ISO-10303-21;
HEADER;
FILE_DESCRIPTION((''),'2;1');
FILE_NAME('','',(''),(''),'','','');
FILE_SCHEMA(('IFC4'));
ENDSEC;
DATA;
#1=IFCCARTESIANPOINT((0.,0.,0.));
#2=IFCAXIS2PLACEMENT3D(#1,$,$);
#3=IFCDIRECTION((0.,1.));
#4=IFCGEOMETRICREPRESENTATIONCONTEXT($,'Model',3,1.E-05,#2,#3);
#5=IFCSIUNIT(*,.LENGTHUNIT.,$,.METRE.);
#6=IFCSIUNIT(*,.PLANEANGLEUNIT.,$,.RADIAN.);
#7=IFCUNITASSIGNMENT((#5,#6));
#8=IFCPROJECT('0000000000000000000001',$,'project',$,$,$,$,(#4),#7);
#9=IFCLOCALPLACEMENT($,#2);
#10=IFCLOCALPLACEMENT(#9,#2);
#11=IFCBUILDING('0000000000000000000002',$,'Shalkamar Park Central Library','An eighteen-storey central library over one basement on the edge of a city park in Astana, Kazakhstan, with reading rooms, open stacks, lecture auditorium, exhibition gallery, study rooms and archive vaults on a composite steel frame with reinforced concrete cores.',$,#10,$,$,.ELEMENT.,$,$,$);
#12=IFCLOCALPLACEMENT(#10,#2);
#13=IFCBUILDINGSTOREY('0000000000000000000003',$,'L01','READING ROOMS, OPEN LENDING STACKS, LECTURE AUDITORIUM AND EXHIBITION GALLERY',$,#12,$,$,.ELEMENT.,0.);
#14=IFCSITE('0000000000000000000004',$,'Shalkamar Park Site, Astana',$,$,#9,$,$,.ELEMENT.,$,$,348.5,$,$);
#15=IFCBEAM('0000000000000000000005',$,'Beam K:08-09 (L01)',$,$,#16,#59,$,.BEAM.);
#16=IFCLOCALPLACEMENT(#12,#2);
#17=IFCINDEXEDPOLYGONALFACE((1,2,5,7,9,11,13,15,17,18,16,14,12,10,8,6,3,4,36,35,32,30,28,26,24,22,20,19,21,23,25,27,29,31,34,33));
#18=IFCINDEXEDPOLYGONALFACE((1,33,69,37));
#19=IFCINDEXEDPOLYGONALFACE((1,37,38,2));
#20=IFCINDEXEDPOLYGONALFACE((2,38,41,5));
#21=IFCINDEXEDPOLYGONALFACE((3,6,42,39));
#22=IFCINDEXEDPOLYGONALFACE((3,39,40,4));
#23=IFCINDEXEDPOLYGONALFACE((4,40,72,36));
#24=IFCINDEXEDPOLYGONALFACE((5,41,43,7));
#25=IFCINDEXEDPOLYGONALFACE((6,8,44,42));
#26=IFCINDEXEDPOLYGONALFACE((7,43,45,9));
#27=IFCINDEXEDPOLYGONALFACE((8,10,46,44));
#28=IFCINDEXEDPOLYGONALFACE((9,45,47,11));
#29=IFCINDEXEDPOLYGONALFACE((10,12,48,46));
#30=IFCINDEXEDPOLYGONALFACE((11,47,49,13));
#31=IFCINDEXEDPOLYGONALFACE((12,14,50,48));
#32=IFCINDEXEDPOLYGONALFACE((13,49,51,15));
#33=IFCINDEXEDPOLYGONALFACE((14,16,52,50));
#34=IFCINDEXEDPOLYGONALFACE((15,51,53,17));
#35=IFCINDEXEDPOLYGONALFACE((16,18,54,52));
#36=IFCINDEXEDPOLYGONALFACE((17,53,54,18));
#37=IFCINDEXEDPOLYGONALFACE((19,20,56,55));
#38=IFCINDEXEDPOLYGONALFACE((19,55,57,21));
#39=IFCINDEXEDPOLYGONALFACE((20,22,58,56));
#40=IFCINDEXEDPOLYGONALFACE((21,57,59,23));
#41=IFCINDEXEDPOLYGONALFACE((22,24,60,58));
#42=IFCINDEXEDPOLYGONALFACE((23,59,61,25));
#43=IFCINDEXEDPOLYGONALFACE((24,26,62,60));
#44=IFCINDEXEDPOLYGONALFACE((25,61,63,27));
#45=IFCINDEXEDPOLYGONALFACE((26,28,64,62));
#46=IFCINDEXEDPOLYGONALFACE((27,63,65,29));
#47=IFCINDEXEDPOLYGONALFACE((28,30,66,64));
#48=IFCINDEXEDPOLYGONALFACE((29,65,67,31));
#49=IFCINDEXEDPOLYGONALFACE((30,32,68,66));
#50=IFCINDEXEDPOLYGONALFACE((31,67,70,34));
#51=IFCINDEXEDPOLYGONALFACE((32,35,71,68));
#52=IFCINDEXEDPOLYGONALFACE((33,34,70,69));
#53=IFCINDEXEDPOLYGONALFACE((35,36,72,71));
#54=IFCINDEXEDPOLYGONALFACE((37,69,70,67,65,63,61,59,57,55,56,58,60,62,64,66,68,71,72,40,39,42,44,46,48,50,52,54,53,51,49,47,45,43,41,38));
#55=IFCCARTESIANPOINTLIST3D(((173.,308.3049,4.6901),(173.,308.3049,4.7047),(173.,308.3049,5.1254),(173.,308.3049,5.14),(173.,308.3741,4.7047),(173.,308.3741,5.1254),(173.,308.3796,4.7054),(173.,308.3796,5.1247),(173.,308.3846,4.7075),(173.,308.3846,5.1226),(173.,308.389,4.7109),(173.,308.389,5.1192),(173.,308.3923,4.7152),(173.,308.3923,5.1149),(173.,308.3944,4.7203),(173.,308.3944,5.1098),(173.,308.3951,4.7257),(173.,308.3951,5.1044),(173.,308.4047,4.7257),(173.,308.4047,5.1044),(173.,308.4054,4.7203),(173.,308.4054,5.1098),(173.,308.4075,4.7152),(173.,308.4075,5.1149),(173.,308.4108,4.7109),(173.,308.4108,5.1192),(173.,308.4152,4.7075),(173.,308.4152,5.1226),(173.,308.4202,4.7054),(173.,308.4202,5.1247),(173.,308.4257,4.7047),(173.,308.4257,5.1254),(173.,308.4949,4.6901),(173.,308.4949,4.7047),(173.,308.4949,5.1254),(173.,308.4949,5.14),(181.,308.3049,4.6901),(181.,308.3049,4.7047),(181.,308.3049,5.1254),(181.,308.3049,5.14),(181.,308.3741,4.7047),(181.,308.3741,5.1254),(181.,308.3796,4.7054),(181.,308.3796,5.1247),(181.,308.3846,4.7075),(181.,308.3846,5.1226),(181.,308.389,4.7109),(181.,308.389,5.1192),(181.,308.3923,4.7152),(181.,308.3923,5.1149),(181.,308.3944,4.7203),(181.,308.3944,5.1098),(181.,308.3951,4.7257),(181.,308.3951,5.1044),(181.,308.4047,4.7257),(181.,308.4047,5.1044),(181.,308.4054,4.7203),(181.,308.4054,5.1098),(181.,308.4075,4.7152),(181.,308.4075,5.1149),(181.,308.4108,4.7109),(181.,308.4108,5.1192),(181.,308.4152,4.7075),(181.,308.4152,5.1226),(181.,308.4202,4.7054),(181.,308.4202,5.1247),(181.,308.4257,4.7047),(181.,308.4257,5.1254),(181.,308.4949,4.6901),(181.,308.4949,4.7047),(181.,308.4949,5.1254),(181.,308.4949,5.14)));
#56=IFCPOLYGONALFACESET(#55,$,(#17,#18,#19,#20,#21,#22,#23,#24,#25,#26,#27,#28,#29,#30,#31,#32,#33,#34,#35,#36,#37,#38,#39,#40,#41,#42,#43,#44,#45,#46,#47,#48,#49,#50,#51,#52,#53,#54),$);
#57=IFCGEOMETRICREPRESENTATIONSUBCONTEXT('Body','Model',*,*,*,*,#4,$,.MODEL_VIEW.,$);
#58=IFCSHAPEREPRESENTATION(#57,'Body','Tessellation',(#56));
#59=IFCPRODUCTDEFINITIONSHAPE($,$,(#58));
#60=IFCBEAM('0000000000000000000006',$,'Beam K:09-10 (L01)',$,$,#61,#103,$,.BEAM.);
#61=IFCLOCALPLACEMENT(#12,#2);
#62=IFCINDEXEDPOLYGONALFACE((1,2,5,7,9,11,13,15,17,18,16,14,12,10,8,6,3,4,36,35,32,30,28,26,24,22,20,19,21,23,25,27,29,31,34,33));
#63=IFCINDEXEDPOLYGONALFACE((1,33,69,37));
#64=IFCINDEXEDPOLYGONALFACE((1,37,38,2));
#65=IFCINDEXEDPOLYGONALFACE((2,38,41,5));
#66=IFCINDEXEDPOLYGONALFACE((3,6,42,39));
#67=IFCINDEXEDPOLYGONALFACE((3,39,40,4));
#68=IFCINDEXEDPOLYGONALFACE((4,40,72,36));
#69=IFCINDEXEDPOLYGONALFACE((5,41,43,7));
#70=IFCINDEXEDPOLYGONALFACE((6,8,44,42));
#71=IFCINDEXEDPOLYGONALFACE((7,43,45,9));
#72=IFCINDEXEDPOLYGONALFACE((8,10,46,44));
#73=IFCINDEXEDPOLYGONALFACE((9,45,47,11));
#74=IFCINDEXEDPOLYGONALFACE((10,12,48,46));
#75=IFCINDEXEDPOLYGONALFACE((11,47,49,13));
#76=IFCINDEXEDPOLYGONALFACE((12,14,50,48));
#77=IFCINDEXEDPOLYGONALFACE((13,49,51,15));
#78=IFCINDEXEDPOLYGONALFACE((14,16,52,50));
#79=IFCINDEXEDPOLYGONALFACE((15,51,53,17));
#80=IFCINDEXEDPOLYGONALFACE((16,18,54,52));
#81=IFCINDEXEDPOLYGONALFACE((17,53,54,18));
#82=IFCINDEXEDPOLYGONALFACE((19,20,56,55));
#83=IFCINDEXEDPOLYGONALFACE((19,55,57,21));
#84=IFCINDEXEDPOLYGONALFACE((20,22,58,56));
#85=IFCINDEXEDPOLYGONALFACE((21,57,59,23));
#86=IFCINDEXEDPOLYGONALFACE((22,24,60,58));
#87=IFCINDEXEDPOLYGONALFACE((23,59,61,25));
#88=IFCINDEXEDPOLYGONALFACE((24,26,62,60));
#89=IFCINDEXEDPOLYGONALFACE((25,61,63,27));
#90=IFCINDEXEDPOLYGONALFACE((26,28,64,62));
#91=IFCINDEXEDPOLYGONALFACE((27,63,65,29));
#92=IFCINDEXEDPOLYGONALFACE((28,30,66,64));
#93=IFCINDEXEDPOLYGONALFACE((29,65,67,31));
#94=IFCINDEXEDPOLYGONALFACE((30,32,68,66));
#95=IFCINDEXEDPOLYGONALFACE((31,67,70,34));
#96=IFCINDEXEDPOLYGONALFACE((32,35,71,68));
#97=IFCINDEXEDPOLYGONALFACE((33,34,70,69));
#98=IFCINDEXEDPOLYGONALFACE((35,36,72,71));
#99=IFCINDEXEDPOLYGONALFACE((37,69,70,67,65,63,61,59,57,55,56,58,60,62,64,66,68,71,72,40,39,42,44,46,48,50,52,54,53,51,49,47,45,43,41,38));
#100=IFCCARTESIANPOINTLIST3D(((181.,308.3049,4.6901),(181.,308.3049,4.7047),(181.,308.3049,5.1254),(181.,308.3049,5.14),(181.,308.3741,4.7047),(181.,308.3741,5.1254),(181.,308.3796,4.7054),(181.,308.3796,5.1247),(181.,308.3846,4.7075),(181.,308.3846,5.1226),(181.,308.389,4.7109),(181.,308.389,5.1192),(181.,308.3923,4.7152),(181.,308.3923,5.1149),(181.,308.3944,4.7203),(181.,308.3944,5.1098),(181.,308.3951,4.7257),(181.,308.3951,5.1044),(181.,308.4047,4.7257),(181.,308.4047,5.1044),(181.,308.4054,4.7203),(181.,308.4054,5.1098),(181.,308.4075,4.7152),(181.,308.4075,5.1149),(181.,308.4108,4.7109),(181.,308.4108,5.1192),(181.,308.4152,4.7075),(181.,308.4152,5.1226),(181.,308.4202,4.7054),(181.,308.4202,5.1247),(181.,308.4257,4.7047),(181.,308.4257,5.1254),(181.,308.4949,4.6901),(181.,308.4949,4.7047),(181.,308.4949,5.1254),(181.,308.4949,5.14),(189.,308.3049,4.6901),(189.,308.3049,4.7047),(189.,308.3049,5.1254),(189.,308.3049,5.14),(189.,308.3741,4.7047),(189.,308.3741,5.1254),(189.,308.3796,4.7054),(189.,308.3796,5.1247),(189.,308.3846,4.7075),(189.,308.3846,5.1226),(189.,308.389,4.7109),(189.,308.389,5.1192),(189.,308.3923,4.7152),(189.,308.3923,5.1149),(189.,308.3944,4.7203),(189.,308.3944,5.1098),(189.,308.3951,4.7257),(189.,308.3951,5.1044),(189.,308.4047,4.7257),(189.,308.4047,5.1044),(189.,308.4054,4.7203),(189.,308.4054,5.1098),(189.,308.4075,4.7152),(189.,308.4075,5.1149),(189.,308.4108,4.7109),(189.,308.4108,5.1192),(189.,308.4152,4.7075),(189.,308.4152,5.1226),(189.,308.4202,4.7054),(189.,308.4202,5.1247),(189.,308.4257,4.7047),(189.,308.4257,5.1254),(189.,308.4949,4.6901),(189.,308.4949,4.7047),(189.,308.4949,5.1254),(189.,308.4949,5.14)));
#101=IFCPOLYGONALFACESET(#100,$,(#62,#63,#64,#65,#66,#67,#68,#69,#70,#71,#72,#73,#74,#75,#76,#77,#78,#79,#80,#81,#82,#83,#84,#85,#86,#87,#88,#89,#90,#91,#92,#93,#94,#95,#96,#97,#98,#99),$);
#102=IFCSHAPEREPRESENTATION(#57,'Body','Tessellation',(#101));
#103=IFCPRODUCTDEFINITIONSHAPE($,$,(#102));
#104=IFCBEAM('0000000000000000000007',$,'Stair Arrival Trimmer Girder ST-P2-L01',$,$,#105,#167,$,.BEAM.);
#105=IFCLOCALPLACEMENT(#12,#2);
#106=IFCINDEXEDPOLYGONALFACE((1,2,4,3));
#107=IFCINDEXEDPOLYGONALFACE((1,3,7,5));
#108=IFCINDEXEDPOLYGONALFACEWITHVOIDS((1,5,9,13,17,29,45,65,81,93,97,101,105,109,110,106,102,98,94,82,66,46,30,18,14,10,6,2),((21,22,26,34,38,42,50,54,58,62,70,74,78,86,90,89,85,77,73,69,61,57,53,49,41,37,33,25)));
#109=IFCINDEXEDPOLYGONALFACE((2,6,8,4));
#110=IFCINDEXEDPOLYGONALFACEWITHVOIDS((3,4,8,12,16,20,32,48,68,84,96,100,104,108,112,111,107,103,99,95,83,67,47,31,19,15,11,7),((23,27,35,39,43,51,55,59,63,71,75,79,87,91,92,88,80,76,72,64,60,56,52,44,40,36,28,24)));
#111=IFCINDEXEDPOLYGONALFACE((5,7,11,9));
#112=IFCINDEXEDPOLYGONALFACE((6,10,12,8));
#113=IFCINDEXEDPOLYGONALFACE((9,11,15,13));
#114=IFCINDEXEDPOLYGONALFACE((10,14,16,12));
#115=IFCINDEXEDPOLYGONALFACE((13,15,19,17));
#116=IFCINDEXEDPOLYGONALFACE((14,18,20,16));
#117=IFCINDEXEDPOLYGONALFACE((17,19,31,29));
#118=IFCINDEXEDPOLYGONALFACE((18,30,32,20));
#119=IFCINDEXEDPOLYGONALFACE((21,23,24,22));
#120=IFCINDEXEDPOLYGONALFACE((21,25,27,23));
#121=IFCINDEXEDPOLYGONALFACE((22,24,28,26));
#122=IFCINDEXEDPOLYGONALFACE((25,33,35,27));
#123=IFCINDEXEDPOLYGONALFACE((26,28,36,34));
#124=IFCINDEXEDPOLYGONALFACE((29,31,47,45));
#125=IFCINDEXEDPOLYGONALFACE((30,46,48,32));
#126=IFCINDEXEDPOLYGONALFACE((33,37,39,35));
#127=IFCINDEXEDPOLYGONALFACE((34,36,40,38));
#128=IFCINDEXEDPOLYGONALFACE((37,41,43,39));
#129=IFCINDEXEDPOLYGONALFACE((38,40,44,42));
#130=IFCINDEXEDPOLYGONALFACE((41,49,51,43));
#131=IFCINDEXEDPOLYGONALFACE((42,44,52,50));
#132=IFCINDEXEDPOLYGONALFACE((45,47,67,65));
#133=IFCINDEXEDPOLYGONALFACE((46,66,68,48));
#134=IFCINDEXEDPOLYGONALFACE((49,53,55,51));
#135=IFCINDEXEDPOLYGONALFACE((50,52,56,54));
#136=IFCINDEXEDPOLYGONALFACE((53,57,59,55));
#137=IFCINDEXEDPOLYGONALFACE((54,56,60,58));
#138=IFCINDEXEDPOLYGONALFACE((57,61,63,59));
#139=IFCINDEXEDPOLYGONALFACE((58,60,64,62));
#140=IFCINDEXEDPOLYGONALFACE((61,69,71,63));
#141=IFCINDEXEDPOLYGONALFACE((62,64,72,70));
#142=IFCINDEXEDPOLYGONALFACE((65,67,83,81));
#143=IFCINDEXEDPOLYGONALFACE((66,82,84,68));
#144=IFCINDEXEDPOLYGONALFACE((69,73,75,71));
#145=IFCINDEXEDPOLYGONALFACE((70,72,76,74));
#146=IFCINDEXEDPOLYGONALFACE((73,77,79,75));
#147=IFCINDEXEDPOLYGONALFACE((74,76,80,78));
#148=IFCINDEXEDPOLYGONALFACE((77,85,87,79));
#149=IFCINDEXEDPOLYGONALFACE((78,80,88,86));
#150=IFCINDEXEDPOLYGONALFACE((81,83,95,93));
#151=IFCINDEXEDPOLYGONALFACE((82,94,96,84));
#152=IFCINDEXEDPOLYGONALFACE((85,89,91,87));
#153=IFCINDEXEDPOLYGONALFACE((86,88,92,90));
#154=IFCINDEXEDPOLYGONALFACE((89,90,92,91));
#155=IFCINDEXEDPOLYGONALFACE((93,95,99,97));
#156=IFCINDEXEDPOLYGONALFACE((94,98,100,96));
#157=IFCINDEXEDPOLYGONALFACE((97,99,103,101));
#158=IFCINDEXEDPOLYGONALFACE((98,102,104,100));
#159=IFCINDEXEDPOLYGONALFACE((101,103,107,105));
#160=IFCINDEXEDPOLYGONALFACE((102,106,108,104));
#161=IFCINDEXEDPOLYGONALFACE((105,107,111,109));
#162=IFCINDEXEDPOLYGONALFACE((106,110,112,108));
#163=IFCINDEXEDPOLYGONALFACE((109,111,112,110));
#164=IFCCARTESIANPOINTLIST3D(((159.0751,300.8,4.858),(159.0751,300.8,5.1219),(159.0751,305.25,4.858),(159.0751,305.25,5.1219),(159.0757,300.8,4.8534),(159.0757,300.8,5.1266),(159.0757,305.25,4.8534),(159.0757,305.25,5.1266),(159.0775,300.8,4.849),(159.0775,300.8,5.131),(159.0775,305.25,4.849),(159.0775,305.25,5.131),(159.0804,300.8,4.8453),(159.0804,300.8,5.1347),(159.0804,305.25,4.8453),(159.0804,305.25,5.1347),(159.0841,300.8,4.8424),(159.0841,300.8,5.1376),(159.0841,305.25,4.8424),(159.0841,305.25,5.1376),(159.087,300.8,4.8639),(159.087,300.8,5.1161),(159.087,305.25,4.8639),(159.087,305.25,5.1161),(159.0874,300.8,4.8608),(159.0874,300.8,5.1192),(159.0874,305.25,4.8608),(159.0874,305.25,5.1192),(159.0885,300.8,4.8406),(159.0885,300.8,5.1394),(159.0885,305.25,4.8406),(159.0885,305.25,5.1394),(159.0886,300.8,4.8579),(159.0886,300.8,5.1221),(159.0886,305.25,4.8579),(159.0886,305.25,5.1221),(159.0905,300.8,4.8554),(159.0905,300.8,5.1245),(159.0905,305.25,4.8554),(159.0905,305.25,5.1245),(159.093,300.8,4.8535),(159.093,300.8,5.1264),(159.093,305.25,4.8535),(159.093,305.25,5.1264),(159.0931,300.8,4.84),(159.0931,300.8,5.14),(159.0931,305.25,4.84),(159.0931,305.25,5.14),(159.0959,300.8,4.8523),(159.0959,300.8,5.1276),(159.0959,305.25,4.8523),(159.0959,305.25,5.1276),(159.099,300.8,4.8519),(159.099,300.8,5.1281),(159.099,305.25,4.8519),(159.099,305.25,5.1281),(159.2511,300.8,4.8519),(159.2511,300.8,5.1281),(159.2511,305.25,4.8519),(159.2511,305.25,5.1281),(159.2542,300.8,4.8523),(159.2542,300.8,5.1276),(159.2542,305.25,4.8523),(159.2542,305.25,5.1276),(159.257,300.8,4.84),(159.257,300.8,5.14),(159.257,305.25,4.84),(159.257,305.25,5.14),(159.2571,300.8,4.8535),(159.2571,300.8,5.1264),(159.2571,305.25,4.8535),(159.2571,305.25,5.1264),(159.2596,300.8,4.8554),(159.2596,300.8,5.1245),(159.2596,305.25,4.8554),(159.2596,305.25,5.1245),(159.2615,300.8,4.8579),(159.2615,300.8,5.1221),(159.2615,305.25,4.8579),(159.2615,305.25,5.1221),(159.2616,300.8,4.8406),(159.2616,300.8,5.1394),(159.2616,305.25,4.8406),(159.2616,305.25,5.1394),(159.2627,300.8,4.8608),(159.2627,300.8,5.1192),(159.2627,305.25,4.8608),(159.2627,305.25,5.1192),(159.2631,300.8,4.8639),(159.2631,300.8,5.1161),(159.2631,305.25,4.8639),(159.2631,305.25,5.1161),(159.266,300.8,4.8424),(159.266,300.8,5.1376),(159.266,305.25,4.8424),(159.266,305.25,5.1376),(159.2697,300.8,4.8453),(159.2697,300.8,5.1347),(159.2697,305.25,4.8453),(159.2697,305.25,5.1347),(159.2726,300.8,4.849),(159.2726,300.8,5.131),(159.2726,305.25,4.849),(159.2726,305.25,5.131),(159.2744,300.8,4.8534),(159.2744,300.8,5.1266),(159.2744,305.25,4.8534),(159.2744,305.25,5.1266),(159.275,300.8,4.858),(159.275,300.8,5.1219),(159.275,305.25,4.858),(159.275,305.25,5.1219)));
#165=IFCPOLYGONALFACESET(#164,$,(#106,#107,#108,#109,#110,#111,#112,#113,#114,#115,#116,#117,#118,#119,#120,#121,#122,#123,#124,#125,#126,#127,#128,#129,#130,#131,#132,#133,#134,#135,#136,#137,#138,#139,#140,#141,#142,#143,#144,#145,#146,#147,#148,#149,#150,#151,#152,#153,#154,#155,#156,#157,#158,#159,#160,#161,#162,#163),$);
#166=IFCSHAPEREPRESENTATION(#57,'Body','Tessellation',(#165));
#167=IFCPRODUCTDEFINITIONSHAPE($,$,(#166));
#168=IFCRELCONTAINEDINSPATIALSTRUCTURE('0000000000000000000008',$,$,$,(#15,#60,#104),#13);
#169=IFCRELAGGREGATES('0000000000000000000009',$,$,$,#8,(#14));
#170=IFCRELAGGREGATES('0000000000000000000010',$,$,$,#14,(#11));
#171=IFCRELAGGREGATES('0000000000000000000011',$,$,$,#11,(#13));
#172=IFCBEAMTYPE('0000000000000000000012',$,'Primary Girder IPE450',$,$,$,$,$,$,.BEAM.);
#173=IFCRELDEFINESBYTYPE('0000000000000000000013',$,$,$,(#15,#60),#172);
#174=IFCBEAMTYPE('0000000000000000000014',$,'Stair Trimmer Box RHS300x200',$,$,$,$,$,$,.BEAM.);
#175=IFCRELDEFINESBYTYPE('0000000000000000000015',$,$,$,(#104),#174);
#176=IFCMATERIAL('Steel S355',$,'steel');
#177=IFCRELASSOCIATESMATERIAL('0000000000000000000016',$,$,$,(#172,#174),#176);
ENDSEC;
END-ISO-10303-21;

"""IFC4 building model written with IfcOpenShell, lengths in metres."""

from ifc_helpers import new_model, si_unit, direction, frame, origin, origin_2d, place, context, subcontext, project, spatial, hollow_rectangle, i_section, extrude, material, material_profile, profile_set, type_object, element, save


model = new_model("IFC4")

# Units and contexts
model_context = context("Model", 3, precision=1e-05, world=origin(), true_north=direction((0.0, 1.0)))
body_context = subcontext(model_context, "Body", "Model", "MODEL_VIEW")
ifc_project = project(units=[si_unit("LENGTHUNIT", "METRE"), si_unit("PLANEANGLEUNIT", "RADIAN")], contexts=[model_context])

# Site, building, storey
site_placement = place(None, origin())
site = spatial("IfcSite", under=ifc_project, at=site_placement, Name="Shalkamar Park Site, Astana", CompositionType="ELEMENT", RefElevation=348.5)
building_placement = place(site_placement, origin())
building = spatial("IfcBuilding", under=site, at=building_placement, Name="Shalkamar Park Central Library", Description="An eighteen-storey central library over one basement on the edge of a city park in Astana, Kazakhstan, with reading rooms, open stacks, lecture auditorium, exhibition gallery, study rooms and archive vaults on a composite steel frame with reinforced concrete cores.", CompositionType="ELEMENT")
storey_placement = place(building_placement, origin())
storey = spatial("IfcBuildingStorey", under=building, at=storey_placement, Name="L01", Description="READING ROOMS, OPEN LENDING STACKS, LECTURE AUDITORIUM AND EXHIBITION GALLERY", CompositionType="ELEMENT", Elevation=0.0)

# Shared definitions
ifc_material_1 = material(Name="Steel S355", Category="steel")

# Beams
ifc_material_profile_1 = material_profile(ifc_material_1, i_section(OverallWidth=0.1899, OverallDepth=0.45, WebThickness=0.0095, FlangeThickness=0.0146, FilletRadius=0.021, at=origin_2d()), Name="IPE 450")
ifc_profile_set_1 = profile_set([ifc_material_profile_1], Name="Steel S355")
beam_type_1 = type_object("IfcBeamType", Name="Primary Girder IPE450", PredefinedType="BEAM", material=ifc_profile_set_1)
for number, where, z_axis, x_axis, name in (
    (1, (173.0, 308.3999, 4.915), (1.0, 0.0, 0.0), (0.0, 1.0, 0.0), "Beam K:08-09 (L01)"),
    (2, (181.0, 308.3999, 4.915), (1.0, 0.0, 0.0), (0.0, 1.0, 0.0), "Beam K:09-10 (L01)"),
):
    element("IfcBeam", number, at=place(storey_placement, frame(where, z_axis=z_axis, x_axis=x_axis)), inside=storey, type_object=beam_type_1, Name=name, PredefinedType="BEAM", context=body_context, shape_type="SweptSolid", body=[
        extrude(i_section(OverallWidth=0.1899, OverallDepth=0.45, WebThickness=0.0095, FlangeThickness=0.0146, FilletRadius=0.021, at=origin_2d()), origin(), (0.0, 0.0, 1.0), 8.0),
    ])
ifc_material_profile_2 = material_profile(ifc_material_1, hollow_rectangle(XDim=0.2, YDim=0.3, WallThickness=0.012, InnerFilletRadius=0.012, OuterFilletRadius=0.0181, at=origin_2d()), Name="RHS 300x200x12")
ifc_profile_set_2 = profile_set([ifc_material_profile_2], Name="Steel S355")
beam_type_2 = type_object("IfcBeamType", Name="Stair Trimmer Box RHS300x200", PredefinedType="BEAM", material=ifc_profile_set_2)
beam_1_placement = place(storey_placement, frame((159.175, 300.8, 4.99), z_axis=(0.0, 1.0, 0.0), x_axis=(-1.0, 0.0, 0.0)))
element("IfcBeam", 3, at=beam_1_placement, inside=storey, type_object=beam_type_2, Name="Stair Arrival Trimmer Girder ST-P2-L01", PredefinedType="BEAM", context=body_context, shape_type="SweptSolid", body=[
    extrude(hollow_rectangle(XDim=0.2, YDim=0.3, WallThickness=0.012, InnerFilletRadius=0.012, OuterFilletRadius=0.0181, at=origin_2d()), origin(), (0.0, 0.0, 1.0), 4.45),
])

save(model, "model.ifc")
